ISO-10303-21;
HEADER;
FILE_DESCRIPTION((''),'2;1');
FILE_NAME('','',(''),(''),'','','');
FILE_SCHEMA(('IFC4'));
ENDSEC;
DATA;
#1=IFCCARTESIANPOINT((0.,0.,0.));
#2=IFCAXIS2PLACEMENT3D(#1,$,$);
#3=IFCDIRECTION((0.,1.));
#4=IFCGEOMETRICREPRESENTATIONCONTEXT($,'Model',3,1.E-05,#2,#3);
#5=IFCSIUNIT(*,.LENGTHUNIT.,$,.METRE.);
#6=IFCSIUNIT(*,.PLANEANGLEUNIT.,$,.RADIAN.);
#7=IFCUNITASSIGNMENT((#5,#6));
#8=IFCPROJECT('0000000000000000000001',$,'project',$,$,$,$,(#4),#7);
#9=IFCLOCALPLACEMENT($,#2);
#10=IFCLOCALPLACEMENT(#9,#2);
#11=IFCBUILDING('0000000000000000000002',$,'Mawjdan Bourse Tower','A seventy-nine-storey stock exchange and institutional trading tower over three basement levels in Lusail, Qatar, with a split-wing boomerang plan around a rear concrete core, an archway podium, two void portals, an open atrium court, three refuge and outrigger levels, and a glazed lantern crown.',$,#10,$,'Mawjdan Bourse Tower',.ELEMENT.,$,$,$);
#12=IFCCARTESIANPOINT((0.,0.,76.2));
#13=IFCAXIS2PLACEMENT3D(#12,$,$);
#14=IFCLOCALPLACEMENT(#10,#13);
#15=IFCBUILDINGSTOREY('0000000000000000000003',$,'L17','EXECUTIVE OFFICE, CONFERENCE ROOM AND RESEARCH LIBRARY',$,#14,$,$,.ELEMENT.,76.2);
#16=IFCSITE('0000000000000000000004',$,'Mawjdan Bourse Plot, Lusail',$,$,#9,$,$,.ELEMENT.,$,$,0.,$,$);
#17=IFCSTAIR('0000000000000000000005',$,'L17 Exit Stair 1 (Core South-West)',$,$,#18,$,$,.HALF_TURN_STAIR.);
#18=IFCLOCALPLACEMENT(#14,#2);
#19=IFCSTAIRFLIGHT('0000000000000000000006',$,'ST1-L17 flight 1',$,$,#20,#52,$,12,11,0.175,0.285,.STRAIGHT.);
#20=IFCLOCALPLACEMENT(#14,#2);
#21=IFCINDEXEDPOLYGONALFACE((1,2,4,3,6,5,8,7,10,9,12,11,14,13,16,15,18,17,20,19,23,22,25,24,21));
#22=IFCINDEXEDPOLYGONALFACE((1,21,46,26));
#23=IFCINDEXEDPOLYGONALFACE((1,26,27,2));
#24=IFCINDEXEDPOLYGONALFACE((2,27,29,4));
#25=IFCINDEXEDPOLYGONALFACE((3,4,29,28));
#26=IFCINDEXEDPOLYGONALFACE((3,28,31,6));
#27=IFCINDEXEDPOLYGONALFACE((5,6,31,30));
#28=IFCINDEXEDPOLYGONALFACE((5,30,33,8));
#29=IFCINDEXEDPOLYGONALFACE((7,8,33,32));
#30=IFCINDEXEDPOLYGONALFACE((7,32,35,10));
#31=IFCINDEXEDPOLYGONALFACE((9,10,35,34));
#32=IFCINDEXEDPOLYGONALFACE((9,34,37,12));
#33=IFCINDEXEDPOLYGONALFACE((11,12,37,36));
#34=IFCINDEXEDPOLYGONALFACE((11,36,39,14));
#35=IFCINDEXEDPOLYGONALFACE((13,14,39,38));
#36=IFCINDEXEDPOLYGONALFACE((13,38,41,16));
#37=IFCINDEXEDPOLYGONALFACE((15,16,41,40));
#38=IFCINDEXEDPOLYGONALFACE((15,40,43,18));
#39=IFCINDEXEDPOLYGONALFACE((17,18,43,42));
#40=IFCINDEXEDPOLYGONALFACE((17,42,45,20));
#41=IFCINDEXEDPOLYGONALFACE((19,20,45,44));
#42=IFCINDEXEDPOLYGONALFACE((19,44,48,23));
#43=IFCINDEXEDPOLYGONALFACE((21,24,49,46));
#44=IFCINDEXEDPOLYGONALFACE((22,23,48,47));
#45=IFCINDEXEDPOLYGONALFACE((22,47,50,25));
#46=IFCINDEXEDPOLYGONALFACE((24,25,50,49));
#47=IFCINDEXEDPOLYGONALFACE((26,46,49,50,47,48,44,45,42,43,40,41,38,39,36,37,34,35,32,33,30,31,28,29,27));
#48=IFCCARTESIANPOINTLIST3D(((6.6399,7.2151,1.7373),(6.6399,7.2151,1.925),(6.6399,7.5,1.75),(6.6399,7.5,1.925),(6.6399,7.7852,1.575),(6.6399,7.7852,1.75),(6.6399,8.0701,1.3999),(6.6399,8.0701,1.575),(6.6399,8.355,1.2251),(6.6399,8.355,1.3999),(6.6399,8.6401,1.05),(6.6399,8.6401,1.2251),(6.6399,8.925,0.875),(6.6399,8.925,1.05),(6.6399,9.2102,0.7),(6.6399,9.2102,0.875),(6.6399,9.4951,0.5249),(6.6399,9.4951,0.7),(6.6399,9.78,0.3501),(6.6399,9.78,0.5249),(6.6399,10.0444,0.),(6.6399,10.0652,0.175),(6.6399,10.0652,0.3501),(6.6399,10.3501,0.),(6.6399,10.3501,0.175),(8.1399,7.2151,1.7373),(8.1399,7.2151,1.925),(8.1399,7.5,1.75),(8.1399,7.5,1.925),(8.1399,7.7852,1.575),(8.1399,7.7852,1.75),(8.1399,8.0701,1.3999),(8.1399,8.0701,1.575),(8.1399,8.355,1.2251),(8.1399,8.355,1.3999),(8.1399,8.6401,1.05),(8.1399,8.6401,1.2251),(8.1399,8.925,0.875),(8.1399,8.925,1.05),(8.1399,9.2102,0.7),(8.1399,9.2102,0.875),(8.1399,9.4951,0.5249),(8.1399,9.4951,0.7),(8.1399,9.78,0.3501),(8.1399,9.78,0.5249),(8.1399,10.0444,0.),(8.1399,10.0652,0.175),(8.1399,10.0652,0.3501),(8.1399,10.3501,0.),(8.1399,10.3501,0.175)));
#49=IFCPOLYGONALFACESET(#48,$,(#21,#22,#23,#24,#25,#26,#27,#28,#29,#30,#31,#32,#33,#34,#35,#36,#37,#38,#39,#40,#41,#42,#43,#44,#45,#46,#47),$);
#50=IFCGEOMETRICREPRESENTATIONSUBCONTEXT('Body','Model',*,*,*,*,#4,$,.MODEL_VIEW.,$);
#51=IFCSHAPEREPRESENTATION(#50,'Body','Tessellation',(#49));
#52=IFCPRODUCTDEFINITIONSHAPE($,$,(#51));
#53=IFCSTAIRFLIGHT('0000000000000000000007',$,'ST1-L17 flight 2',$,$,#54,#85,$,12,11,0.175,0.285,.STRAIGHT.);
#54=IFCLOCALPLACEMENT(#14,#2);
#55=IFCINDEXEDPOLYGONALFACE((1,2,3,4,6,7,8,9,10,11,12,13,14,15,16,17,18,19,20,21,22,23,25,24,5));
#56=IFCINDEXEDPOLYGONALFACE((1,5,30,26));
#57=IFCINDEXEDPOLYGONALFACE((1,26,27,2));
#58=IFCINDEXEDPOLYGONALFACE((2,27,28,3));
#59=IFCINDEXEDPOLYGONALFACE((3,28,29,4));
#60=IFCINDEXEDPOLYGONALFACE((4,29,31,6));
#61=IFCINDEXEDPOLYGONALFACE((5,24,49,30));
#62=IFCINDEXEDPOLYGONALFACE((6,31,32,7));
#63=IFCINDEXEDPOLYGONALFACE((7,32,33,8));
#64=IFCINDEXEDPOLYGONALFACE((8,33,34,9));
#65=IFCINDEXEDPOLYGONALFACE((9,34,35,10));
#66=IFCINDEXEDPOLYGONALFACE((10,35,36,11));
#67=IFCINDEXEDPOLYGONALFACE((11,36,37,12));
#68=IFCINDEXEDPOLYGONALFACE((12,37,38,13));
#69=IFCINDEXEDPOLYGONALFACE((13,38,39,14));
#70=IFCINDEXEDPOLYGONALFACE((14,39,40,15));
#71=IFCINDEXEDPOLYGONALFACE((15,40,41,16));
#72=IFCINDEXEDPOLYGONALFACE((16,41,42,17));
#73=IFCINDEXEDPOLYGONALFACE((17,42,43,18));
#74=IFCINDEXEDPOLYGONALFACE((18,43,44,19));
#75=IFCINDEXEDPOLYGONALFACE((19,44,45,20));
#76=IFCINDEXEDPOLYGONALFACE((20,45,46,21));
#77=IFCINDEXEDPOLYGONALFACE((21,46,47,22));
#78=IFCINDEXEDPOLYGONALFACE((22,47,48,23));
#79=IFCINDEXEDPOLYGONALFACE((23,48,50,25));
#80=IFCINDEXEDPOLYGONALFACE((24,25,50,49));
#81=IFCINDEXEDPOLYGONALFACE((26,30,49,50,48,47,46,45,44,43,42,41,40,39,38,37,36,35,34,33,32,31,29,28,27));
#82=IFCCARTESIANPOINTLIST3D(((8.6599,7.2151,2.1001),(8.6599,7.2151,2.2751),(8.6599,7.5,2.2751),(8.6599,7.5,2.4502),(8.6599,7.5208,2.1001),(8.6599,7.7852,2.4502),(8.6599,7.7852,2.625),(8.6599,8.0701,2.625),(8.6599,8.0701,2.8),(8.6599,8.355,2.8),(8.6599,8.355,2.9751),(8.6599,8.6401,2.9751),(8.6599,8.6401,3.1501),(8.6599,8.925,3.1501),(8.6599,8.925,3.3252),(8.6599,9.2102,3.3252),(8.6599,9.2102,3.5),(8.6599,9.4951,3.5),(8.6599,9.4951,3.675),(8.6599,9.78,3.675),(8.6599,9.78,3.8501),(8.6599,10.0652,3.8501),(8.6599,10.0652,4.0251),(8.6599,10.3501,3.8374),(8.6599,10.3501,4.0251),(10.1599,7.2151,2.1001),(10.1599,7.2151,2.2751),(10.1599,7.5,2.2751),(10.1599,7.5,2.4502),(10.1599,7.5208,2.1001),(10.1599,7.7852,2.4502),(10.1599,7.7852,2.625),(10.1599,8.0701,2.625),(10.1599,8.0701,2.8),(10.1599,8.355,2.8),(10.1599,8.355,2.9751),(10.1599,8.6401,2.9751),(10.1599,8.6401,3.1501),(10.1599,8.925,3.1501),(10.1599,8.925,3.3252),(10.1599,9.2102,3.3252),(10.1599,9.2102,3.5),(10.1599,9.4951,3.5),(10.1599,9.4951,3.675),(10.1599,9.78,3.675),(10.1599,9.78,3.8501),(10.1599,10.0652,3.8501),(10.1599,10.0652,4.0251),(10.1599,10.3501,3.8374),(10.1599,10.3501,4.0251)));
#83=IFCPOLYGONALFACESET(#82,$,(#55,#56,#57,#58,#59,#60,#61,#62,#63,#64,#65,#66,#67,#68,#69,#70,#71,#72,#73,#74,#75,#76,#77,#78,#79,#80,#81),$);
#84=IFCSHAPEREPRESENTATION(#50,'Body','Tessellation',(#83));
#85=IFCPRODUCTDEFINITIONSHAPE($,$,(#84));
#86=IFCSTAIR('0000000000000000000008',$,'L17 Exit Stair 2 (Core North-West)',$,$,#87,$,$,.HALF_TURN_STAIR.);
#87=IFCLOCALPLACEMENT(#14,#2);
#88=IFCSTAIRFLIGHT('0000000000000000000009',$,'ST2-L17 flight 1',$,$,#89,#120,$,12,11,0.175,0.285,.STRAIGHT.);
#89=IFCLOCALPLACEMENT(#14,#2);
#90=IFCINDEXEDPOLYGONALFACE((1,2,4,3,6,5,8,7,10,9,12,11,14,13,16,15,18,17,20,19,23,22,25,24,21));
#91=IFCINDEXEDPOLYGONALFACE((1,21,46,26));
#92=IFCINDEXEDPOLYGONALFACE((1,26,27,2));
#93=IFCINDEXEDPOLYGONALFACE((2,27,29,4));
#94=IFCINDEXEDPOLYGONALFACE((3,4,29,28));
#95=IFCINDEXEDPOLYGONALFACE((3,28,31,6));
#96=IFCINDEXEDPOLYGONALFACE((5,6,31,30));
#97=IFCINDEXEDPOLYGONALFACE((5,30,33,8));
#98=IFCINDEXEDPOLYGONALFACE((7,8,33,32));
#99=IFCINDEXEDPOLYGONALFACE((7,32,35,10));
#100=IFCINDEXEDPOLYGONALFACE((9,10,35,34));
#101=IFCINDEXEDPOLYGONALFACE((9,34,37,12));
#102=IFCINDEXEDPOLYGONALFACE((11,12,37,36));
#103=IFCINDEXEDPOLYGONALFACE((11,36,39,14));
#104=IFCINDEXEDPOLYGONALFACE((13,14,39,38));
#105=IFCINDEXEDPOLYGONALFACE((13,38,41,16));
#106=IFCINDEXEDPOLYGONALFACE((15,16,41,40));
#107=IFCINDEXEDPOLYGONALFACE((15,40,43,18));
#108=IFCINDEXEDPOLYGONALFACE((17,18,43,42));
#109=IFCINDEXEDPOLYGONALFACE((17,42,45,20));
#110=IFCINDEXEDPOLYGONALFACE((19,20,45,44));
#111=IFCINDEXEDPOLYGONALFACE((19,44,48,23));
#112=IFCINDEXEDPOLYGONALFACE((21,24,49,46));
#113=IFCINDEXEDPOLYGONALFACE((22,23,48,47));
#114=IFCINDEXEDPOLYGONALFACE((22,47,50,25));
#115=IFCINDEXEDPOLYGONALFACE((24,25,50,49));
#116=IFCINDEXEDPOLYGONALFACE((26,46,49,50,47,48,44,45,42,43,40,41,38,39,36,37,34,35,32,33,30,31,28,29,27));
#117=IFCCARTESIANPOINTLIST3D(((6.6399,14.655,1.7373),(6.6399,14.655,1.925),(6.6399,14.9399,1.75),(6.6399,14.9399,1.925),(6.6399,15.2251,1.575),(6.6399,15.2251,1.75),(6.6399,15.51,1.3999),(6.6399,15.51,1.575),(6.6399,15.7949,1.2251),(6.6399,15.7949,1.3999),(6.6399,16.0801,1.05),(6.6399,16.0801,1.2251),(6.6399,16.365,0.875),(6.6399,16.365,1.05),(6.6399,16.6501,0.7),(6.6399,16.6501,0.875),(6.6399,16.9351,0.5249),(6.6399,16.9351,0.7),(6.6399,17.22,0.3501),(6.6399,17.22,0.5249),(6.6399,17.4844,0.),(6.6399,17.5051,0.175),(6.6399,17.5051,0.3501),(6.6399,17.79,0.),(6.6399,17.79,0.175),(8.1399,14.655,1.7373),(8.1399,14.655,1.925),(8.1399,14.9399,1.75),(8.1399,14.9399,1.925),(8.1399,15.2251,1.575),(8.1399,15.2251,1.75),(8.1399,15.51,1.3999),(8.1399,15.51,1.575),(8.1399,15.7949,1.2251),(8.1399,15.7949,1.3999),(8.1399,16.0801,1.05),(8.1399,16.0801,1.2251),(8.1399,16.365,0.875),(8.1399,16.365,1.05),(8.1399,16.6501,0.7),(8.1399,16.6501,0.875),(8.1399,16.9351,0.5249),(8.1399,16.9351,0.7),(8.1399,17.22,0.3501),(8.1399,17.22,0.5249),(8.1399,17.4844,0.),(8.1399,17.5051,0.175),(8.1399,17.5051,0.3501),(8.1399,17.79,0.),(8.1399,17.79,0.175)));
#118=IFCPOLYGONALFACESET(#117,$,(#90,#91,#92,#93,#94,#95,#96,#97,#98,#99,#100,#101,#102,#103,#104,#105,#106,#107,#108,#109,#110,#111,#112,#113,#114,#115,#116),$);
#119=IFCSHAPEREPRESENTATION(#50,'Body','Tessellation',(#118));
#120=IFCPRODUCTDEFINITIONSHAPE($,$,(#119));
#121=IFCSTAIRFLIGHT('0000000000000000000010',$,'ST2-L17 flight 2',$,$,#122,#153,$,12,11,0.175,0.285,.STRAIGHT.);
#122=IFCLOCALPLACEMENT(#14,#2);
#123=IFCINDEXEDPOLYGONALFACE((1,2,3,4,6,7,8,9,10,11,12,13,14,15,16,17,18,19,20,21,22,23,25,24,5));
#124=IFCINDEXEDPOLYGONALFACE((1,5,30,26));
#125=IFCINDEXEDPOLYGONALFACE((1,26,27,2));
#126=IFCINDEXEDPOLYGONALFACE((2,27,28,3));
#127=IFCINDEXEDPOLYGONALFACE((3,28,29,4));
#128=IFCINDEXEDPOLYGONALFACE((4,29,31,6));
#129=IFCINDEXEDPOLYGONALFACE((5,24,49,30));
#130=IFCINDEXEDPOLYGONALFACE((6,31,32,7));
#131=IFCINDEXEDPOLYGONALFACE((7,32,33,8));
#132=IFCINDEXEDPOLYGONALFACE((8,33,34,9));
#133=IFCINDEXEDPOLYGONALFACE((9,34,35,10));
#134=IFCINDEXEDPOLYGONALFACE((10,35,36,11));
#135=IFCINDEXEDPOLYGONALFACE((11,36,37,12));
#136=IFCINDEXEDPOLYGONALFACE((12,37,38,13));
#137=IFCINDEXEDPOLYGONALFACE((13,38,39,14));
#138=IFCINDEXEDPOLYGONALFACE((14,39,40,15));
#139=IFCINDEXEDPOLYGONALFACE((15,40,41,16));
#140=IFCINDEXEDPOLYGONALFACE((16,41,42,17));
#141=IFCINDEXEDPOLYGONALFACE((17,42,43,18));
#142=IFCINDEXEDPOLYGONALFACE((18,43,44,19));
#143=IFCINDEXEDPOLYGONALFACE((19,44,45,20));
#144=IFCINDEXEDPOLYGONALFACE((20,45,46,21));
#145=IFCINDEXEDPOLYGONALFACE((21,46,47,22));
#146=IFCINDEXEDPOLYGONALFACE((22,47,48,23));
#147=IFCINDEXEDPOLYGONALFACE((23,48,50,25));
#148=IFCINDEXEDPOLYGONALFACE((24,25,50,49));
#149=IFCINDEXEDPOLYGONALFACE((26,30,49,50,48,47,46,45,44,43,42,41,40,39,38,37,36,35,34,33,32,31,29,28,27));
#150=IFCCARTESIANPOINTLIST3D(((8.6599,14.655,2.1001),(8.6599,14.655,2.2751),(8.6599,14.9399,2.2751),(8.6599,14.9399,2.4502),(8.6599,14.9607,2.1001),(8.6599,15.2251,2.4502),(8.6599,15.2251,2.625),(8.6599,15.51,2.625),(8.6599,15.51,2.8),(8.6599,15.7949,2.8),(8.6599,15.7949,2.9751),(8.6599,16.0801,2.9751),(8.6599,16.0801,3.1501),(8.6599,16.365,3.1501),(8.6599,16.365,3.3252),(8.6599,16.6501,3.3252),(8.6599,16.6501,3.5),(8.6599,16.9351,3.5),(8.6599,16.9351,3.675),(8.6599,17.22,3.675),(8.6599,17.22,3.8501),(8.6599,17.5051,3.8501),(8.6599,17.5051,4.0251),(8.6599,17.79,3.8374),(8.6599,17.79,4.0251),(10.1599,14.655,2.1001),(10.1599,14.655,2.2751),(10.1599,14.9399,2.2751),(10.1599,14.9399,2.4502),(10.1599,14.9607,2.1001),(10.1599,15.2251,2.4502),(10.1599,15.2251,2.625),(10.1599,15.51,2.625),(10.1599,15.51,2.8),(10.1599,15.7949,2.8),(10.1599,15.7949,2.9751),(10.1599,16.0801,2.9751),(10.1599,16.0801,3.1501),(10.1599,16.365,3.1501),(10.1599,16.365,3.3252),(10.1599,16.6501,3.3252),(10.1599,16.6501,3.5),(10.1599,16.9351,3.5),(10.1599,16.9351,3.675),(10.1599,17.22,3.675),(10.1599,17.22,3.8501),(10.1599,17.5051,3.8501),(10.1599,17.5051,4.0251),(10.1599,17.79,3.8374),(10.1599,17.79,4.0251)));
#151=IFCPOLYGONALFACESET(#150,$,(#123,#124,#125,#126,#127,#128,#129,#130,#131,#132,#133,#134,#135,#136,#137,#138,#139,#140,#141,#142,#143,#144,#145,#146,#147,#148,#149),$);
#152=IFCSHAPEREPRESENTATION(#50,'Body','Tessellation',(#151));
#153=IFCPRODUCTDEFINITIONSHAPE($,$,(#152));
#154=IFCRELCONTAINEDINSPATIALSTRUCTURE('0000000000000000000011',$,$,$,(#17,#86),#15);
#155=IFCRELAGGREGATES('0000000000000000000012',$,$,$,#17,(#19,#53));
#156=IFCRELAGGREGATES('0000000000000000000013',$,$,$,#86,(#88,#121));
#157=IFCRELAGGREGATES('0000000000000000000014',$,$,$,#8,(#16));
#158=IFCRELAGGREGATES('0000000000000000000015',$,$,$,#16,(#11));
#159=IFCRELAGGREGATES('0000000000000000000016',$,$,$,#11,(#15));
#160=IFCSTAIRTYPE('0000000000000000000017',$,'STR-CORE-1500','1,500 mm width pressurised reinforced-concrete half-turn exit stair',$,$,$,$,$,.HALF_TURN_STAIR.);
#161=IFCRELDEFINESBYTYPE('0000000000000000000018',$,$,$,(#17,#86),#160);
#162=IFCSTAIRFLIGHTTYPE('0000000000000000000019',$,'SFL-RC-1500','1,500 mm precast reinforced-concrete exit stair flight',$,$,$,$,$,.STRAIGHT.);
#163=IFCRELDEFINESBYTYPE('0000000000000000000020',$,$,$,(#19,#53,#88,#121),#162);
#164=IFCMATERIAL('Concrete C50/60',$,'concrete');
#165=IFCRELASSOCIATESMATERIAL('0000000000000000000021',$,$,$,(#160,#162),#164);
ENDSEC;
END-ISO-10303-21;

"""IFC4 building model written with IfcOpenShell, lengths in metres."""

from ifc_helpers import new_model, si_unit, direction, frame, origin, place, context, subcontext, project, spatial, polyline, outline, extrude, material, type_object, element, aggregate, save


model = new_model("IFC4")

# Units and contexts
model_context = context("Model", 3, precision=1e-05, world=origin(), true_north=direction((0.0, 1.0)))
body_context = subcontext(model_context, "Body", "Model", "MODEL_VIEW")
ifc_project = project(units=[si_unit("LENGTHUNIT", "METRE"), si_unit("PLANEANGLEUNIT", "RADIAN")], contexts=[model_context])

# Site, building, storey
site_placement = place(None, origin())
site = spatial("IfcSite", under=ifc_project, at=site_placement, Name="Mawjdan Bourse Plot, Lusail", CompositionType="ELEMENT", RefElevation=0.0)
building_placement = place(site_placement, origin())
building = spatial("IfcBuilding", under=site, at=building_placement, Name="Mawjdan Bourse Tower", Description="A seventy-nine-storey stock exchange and institutional trading tower over three basement levels in Lusail, Qatar, with a split-wing boomerang plan around a rear concrete core, an archway podium, two void portals, an open atrium court, three refuge and outrigger levels, and a glazed lantern crown.", LongName="Mawjdan Bourse Tower", CompositionType="ELEMENT")
storey_placement = place(building_placement, frame((0.0, 0.0, 76.2)))
storey = spatial("IfcBuildingStorey", under=building, at=storey_placement, Name="L17", Description="EXECUTIVE OFFICE, CONFERENCE ROOM AND RESEARCH LIBRARY", CompositionType="ELEMENT", Elevation=76.2)

# Shared definitions
ifc_material_1 = material(Name="Concrete C50/60", Category="concrete")

# Stairs, stair flights
stair_type = type_object("IfcStairType", Name="STR-CORE-1500", Description="1,500 mm width pressurised reinforced-concrete half-turn exit stair", PredefinedType="HALF_TURN_STAIR", material=ifc_material_1)
stair_1_placement = place(storey_placement, origin())
stair_1 = element("IfcStair", 1, at=stair_1_placement, inside=storey, type_object=stair_type, Name="L17 Exit Stair 1 (Core South-West)", PredefinedType="HALF_TURN_STAIR")
stair_flight_type = type_object("IfcStairFlightType", Name="SFL-RC-1500", Description="1,500 mm precast reinforced-concrete exit stair flight", PredefinedType="STRAIGHT", material=ifc_material_1)
stair_flight_1_placement = place(storey_placement, frame((7.3899, 10.3501, 0.0), z_axis=(0.0, 0.0, 1.0), x_axis=(0.0, -1.0, 0.0)))
stair_flight_1 = element("IfcStairFlight", 2, at=stair_flight_1_placement, type_object=stair_flight_type, Name="ST1-L17 flight 1", NumberOfRisers=12, NumberOfTreads=11, PredefinedType="STRAIGHT", RiserHeight=0.175, TreadLength=0.285, context=body_context, shape_type="SweptSolid", body=[
    extrude(outline(polyline([(0.0, 0.0), (0.0, 0.175), (0.2849, 0.175), (0.2849, 0.3501), (0.5701, 0.3501), (0.5701, 0.5249), (0.855, 0.5249), (0.855, 0.7), (1.1399, 0.7), (1.1399, 0.875), (1.425, 0.875), (1.425, 1.05), (1.71, 1.05), (1.71, 1.2251), (1.9951, 1.2251), (1.9951, 1.3999), (2.28, 1.3999), (2.28, 1.575), (2.5649, 1.575), (2.5649, 1.75), (2.8501, 1.75), (2.8501, 1.925), (3.135, 1.925), (3.135, 2.1001), (3.135, 1.7373), (0.3057, 0.0), (0.0, 0.0)])), frame((0.0, 0.75, 0.0), z_axis=(0.0, -1.0, 0.0), x_axis=(1.0, 0.0, 0.0)), (0.0, 0.0, 1.0), 1.5),
])
stair_flight_2_placement = place(storey_placement, frame((9.4099, 7.2151, 2.1001), z_axis=(0.0, 0.0, 1.0), x_axis=(0.0, 1.0, 0.0)))
stair_flight_2 = element("IfcStairFlight", 3, at=stair_flight_2_placement, type_object=stair_flight_type, Name="ST1-L17 flight 2", NumberOfRisers=12, NumberOfTreads=11, PredefinedType="STRAIGHT", RiserHeight=0.175, TreadLength=0.285, context=body_context, shape_type="SweptSolid", body=[
    extrude(outline(polyline([(0.0, 0.0), (0.0, 0.175), (0.2849, 0.175), (0.2849, 0.3501), (0.5701, 0.3501), (0.5701, 0.5249), (0.855, 0.5249), (0.855, 0.7), (1.1399, 0.7), (1.1399, 0.875), (1.425, 0.875), (1.425, 1.05), (1.71, 1.05), (1.71, 1.2251), (1.9951, 1.2251), (1.9951, 1.3999), (2.28, 1.3999), (2.28, 1.575), (2.5649, 1.575), (2.5649, 1.75), (2.8501, 1.75), (2.8501, 1.925), (3.135, 1.925), (3.135, 2.1001), (3.135, 1.7373), (0.3057, 0.0), (0.0, 0.0)])), frame((0.0, 0.75, 0.0), z_axis=(0.0, -1.0, 0.0), x_axis=(1.0, 0.0, 0.0)), (0.0, 0.0, 1.0), 1.5),
])
aggregate(stair_1, [stair_flight_1, stair_flight_2])
stair_2_placement = place(storey_placement, origin())
stair_2 = element("IfcStair", 4, at=stair_2_placement, inside=storey, type_object=stair_type, Name="L17 Exit Stair 2 (Core North-West)", PredefinedType="HALF_TURN_STAIR")
stair_flight_3_placement = place(storey_placement, frame((7.3899, 17.79, 0.0), z_axis=(0.0, 0.0, 1.0), x_axis=(0.0, -1.0, 0.0)))
stair_flight_3 = element("IfcStairFlight", 5, at=stair_flight_3_placement, type_object=stair_flight_type, Name="ST2-L17 flight 1", NumberOfRisers=12, NumberOfTreads=11, PredefinedType="STRAIGHT", RiserHeight=0.175, TreadLength=0.285, context=body_context, shape_type="SweptSolid", body=[
    extrude(outline(polyline([(0.0, 0.0), (0.0, 0.175), (0.2849, 0.175), (0.2849, 0.3501), (0.5701, 0.3501), (0.5701, 0.5249), (0.855, 0.5249), (0.855, 0.7), (1.1399, 0.7), (1.1399, 0.875), (1.425, 0.875), (1.425, 1.05), (1.71, 1.05), (1.71, 1.2251), (1.9951, 1.2251), (1.9951, 1.3999), (2.28, 1.3999), (2.28, 1.575), (2.5649, 1.575), (2.5649, 1.75), (2.8501, 1.75), (2.8501, 1.925), (3.135, 1.925), (3.135, 2.1001), (3.135, 1.7373), (0.3057, 0.0), (0.0, 0.0)])), frame((0.0, 0.75, 0.0), z_axis=(0.0, -1.0, 0.0), x_axis=(1.0, 0.0, 0.0)), (0.0, 0.0, 1.0), 1.5),
])
stair_flight_4_placement = place(storey_placement, frame((9.4099, 14.655, 2.1001), z_axis=(0.0, 0.0, 1.0), x_axis=(0.0, 1.0, 0.0)))
stair_flight_4 = element("IfcStairFlight", 6, at=stair_flight_4_placement, type_object=stair_flight_type, Name="ST2-L17 flight 2", NumberOfRisers=12, NumberOfTreads=11, PredefinedType="STRAIGHT", RiserHeight=0.175, TreadLength=0.285, context=body_context, shape_type="SweptSolid", body=[
    extrude(outline(polyline([(0.0, 0.0), (0.0, 0.175), (0.2849, 0.175), (0.2849, 0.3501), (0.5701, 0.3501), (0.5701, 0.5249), (0.855, 0.5249), (0.855, 0.7), (1.1399, 0.7), (1.1399, 0.875), (1.425, 0.875), (1.425, 1.05), (1.71, 1.05), (1.71, 1.2251), (1.9951, 1.2251), (1.9951, 1.3999), (2.28, 1.3999), (2.28, 1.575), (2.5649, 1.575), (2.5649, 1.75), (2.8501, 1.75), (2.8501, 1.925), (3.135, 1.925), (3.135, 2.1001), (3.135, 1.7373), (0.3057, 0.0), (0.0, 0.0)])), frame((0.0, 0.75, 0.0), z_axis=(0.0, -1.0, 0.0), x_axis=(1.0, 0.0, 0.0)), (0.0, 0.0, 1.0), 1.5),
])
aggregate(stair_2, [stair_flight_3, stair_flight_4])

save(model, "model.ifc")
